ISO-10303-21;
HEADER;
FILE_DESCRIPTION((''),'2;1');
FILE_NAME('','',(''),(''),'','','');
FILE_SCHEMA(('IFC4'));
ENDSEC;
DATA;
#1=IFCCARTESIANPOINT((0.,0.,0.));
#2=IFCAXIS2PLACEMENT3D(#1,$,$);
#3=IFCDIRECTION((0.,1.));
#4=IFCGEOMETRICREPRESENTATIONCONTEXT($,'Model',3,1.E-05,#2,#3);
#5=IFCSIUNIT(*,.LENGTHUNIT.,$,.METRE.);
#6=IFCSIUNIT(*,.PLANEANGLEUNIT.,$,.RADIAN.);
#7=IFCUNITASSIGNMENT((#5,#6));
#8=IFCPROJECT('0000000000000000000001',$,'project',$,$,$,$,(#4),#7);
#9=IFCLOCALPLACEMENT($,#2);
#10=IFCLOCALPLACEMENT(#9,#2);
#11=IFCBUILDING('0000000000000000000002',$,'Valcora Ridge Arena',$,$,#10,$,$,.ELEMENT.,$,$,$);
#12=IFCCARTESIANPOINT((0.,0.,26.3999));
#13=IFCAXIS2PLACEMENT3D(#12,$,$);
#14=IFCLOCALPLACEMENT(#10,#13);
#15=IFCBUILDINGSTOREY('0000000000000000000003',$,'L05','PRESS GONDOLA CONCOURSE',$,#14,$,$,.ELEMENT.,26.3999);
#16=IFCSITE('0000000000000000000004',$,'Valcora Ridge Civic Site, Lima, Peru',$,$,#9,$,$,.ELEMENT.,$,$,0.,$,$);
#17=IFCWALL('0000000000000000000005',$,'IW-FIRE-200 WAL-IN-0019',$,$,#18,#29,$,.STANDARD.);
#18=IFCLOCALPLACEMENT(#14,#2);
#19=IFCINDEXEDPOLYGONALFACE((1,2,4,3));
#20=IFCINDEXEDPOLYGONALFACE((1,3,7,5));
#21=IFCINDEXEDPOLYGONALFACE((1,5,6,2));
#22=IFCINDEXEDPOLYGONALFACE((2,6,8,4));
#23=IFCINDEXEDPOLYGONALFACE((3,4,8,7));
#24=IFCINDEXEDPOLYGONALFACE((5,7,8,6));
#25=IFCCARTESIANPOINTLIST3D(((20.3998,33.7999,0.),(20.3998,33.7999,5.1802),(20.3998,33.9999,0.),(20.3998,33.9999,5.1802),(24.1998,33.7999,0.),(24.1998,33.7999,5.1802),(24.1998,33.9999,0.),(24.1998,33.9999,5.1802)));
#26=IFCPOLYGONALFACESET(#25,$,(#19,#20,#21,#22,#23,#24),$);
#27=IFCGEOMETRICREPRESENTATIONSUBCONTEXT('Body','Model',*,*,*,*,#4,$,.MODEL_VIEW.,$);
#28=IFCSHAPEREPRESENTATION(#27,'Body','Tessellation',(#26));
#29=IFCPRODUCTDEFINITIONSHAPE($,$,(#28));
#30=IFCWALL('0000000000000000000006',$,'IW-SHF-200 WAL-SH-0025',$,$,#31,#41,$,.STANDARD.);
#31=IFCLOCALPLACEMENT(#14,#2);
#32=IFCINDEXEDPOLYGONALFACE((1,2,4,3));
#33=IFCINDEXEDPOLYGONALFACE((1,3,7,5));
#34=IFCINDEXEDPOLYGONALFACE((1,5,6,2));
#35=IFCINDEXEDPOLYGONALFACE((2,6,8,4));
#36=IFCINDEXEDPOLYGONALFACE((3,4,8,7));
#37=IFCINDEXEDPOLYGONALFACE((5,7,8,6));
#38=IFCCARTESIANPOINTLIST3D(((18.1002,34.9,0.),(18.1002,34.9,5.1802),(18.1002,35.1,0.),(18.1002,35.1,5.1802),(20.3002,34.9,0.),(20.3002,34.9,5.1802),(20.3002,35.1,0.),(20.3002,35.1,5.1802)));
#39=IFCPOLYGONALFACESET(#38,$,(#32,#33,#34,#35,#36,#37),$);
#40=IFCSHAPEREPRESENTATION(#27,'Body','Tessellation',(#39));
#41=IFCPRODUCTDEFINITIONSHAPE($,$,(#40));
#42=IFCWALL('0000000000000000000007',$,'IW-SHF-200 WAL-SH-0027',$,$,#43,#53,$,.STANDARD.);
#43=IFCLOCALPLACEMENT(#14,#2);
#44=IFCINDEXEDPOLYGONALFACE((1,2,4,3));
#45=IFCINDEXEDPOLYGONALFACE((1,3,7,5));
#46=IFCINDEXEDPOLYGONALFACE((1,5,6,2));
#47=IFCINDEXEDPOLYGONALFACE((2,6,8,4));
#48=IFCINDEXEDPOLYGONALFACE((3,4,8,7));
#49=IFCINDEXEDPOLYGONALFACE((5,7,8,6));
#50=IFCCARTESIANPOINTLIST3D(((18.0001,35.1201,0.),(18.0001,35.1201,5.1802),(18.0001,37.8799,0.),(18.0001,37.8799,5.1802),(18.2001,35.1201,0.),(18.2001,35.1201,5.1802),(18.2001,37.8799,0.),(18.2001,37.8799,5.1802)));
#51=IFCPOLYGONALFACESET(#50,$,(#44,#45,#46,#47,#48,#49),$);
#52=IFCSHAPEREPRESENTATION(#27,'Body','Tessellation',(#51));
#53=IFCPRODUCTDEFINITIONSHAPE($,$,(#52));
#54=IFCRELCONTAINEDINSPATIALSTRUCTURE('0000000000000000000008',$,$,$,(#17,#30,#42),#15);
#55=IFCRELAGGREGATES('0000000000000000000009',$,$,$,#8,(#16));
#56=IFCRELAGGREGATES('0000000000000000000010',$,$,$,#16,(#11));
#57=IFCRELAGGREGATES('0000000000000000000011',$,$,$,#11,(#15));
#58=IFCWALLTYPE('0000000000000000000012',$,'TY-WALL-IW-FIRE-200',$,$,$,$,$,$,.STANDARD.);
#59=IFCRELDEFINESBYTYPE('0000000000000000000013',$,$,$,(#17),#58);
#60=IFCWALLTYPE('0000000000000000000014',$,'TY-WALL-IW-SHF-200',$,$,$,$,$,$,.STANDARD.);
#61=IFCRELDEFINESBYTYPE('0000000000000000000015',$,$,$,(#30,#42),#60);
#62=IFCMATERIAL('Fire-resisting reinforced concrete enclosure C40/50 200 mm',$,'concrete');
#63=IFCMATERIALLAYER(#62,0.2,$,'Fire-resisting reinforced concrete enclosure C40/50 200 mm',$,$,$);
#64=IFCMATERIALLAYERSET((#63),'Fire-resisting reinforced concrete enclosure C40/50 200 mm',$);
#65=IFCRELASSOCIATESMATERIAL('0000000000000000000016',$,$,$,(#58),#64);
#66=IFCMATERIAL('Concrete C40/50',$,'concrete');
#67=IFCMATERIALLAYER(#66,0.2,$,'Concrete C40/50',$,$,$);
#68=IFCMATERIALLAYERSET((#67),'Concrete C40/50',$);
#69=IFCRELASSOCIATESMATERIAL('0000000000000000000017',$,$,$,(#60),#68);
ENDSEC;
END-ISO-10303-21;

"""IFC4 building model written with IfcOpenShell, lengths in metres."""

from ifc_helpers import new_model, si_unit, direction, frame, frame_2d, origin, place, context, subcontext, project, spatial, rectangle, extrude, material, layer, layer_set, type_object, element, save


model = new_model("IFC4")

# Units and contexts
model_context = context("Model", 3, precision=1e-05, world=origin(), true_north=direction((0.0, 1.0)))
body_context = subcontext(model_context, "Body", "Model", "MODEL_VIEW")
ifc_project = project(units=[si_unit("LENGTHUNIT", "METRE"), si_unit("PLANEANGLEUNIT", "RADIAN")], contexts=[model_context])

# Site, building, storey
site_placement = place(None, origin())
site = spatial("IfcSite", under=ifc_project, at=site_placement, Name="Valcora Ridge Civic Site, Lima, Peru", CompositionType="ELEMENT", RefElevation=0.0)
building_placement = place(site_placement, origin())
building = spatial("IfcBuilding", under=site, at=building_placement, Name="Valcora Ridge Arena", CompositionType="ELEMENT")
storey_placement = place(building_placement, frame((0.0, 0.0, 26.3999)))
storey = spatial("IfcBuildingStorey", under=building, at=storey_placement, Name="L05", Description="PRESS GONDOLA CONCOURSE", CompositionType="ELEMENT", Elevation=26.3999)

# Walls
ifc_material_1 = material(Name="Fire-resisting reinforced concrete enclosure C40/50 200 mm", Category="concrete")
ifc_layer_1 = layer(ifc_material_1, 0.2, Name="Fire-resisting reinforced concrete enclosure C40/50 200 mm")
ifc_layer_set_1 = layer_set([ifc_layer_1], Name="Fire-resisting reinforced concrete enclosure C40/50 200 mm")
wall_type_1 = type_object("IfcWallType", Name="TY-WALL-IW-FIRE-200", PredefinedType="STANDARD", material=ifc_layer_set_1)
wall_1_placement = place(storey_placement, frame((20.3999, 33.8999, 0.0), z_axis=(0.0, 0.0, 1.0), x_axis=(1.0, 0.0, 0.0)))
element("IfcWall", 1, at=wall_1_placement, inside=storey, type_object=wall_type_1, Name="IW-FIRE-200 WAL-IN-0019", PredefinedType="STANDARD", context=body_context, shape_type="SweptSolid", body=[
    extrude(rectangle(XDim=3.8, YDim=0.2, at=frame_2d((1.8999, 0.0))), origin(), (0.0, 0.0, 1.0), 5.1802),
])
ifc_material_2 = material(Name="Concrete C40/50", Category="concrete")
ifc_layer_2 = layer(ifc_material_2, 0.2, Name="Concrete C40/50")
ifc_layer_set_2 = layer_set([ifc_layer_2], Name="Concrete C40/50")
wall_type_2 = type_object("IfcWallType", Name="TY-WALL-IW-SHF-200", PredefinedType="STANDARD", material=ifc_layer_set_2)
wall_2_placement = place(storey_placement, frame((18.1001, 35.0, 0.0), z_axis=(0.0, 0.0, 1.0), x_axis=(1.0, 0.0, 0.0)))
element("IfcWall", 2, at=wall_2_placement, inside=storey, type_object=wall_type_2, Name="IW-SHF-200 WAL-SH-0025", PredefinedType="STANDARD", context=body_context, shape_type="SweptSolid", body=[
    extrude(rectangle(XDim=2.2, YDim=0.2, at=frame_2d((1.1001, 0.0))), origin(), (0.0, 0.0, 1.0), 5.1802),
])
wall_3_placement = place(storey_placement, frame((18.1001, 35.1201, 0.0), z_axis=(0.0, 0.0, 1.0), x_axis=(0.0, 1.0, 0.0)))
element("IfcWall", 3, at=wall_3_placement, inside=storey, type_object=wall_type_2, Name="IW-SHF-200 WAL-SH-0027", PredefinedType="STANDARD", context=body_context, shape_type="SweptSolid", body=[
    extrude(rectangle(XDim=2.7598, YDim=0.2, at=frame_2d((1.3799, 0.0))), origin(), (0.0, 0.0, 1.0), 5.1802),
])

save(model, "model.ifc")
